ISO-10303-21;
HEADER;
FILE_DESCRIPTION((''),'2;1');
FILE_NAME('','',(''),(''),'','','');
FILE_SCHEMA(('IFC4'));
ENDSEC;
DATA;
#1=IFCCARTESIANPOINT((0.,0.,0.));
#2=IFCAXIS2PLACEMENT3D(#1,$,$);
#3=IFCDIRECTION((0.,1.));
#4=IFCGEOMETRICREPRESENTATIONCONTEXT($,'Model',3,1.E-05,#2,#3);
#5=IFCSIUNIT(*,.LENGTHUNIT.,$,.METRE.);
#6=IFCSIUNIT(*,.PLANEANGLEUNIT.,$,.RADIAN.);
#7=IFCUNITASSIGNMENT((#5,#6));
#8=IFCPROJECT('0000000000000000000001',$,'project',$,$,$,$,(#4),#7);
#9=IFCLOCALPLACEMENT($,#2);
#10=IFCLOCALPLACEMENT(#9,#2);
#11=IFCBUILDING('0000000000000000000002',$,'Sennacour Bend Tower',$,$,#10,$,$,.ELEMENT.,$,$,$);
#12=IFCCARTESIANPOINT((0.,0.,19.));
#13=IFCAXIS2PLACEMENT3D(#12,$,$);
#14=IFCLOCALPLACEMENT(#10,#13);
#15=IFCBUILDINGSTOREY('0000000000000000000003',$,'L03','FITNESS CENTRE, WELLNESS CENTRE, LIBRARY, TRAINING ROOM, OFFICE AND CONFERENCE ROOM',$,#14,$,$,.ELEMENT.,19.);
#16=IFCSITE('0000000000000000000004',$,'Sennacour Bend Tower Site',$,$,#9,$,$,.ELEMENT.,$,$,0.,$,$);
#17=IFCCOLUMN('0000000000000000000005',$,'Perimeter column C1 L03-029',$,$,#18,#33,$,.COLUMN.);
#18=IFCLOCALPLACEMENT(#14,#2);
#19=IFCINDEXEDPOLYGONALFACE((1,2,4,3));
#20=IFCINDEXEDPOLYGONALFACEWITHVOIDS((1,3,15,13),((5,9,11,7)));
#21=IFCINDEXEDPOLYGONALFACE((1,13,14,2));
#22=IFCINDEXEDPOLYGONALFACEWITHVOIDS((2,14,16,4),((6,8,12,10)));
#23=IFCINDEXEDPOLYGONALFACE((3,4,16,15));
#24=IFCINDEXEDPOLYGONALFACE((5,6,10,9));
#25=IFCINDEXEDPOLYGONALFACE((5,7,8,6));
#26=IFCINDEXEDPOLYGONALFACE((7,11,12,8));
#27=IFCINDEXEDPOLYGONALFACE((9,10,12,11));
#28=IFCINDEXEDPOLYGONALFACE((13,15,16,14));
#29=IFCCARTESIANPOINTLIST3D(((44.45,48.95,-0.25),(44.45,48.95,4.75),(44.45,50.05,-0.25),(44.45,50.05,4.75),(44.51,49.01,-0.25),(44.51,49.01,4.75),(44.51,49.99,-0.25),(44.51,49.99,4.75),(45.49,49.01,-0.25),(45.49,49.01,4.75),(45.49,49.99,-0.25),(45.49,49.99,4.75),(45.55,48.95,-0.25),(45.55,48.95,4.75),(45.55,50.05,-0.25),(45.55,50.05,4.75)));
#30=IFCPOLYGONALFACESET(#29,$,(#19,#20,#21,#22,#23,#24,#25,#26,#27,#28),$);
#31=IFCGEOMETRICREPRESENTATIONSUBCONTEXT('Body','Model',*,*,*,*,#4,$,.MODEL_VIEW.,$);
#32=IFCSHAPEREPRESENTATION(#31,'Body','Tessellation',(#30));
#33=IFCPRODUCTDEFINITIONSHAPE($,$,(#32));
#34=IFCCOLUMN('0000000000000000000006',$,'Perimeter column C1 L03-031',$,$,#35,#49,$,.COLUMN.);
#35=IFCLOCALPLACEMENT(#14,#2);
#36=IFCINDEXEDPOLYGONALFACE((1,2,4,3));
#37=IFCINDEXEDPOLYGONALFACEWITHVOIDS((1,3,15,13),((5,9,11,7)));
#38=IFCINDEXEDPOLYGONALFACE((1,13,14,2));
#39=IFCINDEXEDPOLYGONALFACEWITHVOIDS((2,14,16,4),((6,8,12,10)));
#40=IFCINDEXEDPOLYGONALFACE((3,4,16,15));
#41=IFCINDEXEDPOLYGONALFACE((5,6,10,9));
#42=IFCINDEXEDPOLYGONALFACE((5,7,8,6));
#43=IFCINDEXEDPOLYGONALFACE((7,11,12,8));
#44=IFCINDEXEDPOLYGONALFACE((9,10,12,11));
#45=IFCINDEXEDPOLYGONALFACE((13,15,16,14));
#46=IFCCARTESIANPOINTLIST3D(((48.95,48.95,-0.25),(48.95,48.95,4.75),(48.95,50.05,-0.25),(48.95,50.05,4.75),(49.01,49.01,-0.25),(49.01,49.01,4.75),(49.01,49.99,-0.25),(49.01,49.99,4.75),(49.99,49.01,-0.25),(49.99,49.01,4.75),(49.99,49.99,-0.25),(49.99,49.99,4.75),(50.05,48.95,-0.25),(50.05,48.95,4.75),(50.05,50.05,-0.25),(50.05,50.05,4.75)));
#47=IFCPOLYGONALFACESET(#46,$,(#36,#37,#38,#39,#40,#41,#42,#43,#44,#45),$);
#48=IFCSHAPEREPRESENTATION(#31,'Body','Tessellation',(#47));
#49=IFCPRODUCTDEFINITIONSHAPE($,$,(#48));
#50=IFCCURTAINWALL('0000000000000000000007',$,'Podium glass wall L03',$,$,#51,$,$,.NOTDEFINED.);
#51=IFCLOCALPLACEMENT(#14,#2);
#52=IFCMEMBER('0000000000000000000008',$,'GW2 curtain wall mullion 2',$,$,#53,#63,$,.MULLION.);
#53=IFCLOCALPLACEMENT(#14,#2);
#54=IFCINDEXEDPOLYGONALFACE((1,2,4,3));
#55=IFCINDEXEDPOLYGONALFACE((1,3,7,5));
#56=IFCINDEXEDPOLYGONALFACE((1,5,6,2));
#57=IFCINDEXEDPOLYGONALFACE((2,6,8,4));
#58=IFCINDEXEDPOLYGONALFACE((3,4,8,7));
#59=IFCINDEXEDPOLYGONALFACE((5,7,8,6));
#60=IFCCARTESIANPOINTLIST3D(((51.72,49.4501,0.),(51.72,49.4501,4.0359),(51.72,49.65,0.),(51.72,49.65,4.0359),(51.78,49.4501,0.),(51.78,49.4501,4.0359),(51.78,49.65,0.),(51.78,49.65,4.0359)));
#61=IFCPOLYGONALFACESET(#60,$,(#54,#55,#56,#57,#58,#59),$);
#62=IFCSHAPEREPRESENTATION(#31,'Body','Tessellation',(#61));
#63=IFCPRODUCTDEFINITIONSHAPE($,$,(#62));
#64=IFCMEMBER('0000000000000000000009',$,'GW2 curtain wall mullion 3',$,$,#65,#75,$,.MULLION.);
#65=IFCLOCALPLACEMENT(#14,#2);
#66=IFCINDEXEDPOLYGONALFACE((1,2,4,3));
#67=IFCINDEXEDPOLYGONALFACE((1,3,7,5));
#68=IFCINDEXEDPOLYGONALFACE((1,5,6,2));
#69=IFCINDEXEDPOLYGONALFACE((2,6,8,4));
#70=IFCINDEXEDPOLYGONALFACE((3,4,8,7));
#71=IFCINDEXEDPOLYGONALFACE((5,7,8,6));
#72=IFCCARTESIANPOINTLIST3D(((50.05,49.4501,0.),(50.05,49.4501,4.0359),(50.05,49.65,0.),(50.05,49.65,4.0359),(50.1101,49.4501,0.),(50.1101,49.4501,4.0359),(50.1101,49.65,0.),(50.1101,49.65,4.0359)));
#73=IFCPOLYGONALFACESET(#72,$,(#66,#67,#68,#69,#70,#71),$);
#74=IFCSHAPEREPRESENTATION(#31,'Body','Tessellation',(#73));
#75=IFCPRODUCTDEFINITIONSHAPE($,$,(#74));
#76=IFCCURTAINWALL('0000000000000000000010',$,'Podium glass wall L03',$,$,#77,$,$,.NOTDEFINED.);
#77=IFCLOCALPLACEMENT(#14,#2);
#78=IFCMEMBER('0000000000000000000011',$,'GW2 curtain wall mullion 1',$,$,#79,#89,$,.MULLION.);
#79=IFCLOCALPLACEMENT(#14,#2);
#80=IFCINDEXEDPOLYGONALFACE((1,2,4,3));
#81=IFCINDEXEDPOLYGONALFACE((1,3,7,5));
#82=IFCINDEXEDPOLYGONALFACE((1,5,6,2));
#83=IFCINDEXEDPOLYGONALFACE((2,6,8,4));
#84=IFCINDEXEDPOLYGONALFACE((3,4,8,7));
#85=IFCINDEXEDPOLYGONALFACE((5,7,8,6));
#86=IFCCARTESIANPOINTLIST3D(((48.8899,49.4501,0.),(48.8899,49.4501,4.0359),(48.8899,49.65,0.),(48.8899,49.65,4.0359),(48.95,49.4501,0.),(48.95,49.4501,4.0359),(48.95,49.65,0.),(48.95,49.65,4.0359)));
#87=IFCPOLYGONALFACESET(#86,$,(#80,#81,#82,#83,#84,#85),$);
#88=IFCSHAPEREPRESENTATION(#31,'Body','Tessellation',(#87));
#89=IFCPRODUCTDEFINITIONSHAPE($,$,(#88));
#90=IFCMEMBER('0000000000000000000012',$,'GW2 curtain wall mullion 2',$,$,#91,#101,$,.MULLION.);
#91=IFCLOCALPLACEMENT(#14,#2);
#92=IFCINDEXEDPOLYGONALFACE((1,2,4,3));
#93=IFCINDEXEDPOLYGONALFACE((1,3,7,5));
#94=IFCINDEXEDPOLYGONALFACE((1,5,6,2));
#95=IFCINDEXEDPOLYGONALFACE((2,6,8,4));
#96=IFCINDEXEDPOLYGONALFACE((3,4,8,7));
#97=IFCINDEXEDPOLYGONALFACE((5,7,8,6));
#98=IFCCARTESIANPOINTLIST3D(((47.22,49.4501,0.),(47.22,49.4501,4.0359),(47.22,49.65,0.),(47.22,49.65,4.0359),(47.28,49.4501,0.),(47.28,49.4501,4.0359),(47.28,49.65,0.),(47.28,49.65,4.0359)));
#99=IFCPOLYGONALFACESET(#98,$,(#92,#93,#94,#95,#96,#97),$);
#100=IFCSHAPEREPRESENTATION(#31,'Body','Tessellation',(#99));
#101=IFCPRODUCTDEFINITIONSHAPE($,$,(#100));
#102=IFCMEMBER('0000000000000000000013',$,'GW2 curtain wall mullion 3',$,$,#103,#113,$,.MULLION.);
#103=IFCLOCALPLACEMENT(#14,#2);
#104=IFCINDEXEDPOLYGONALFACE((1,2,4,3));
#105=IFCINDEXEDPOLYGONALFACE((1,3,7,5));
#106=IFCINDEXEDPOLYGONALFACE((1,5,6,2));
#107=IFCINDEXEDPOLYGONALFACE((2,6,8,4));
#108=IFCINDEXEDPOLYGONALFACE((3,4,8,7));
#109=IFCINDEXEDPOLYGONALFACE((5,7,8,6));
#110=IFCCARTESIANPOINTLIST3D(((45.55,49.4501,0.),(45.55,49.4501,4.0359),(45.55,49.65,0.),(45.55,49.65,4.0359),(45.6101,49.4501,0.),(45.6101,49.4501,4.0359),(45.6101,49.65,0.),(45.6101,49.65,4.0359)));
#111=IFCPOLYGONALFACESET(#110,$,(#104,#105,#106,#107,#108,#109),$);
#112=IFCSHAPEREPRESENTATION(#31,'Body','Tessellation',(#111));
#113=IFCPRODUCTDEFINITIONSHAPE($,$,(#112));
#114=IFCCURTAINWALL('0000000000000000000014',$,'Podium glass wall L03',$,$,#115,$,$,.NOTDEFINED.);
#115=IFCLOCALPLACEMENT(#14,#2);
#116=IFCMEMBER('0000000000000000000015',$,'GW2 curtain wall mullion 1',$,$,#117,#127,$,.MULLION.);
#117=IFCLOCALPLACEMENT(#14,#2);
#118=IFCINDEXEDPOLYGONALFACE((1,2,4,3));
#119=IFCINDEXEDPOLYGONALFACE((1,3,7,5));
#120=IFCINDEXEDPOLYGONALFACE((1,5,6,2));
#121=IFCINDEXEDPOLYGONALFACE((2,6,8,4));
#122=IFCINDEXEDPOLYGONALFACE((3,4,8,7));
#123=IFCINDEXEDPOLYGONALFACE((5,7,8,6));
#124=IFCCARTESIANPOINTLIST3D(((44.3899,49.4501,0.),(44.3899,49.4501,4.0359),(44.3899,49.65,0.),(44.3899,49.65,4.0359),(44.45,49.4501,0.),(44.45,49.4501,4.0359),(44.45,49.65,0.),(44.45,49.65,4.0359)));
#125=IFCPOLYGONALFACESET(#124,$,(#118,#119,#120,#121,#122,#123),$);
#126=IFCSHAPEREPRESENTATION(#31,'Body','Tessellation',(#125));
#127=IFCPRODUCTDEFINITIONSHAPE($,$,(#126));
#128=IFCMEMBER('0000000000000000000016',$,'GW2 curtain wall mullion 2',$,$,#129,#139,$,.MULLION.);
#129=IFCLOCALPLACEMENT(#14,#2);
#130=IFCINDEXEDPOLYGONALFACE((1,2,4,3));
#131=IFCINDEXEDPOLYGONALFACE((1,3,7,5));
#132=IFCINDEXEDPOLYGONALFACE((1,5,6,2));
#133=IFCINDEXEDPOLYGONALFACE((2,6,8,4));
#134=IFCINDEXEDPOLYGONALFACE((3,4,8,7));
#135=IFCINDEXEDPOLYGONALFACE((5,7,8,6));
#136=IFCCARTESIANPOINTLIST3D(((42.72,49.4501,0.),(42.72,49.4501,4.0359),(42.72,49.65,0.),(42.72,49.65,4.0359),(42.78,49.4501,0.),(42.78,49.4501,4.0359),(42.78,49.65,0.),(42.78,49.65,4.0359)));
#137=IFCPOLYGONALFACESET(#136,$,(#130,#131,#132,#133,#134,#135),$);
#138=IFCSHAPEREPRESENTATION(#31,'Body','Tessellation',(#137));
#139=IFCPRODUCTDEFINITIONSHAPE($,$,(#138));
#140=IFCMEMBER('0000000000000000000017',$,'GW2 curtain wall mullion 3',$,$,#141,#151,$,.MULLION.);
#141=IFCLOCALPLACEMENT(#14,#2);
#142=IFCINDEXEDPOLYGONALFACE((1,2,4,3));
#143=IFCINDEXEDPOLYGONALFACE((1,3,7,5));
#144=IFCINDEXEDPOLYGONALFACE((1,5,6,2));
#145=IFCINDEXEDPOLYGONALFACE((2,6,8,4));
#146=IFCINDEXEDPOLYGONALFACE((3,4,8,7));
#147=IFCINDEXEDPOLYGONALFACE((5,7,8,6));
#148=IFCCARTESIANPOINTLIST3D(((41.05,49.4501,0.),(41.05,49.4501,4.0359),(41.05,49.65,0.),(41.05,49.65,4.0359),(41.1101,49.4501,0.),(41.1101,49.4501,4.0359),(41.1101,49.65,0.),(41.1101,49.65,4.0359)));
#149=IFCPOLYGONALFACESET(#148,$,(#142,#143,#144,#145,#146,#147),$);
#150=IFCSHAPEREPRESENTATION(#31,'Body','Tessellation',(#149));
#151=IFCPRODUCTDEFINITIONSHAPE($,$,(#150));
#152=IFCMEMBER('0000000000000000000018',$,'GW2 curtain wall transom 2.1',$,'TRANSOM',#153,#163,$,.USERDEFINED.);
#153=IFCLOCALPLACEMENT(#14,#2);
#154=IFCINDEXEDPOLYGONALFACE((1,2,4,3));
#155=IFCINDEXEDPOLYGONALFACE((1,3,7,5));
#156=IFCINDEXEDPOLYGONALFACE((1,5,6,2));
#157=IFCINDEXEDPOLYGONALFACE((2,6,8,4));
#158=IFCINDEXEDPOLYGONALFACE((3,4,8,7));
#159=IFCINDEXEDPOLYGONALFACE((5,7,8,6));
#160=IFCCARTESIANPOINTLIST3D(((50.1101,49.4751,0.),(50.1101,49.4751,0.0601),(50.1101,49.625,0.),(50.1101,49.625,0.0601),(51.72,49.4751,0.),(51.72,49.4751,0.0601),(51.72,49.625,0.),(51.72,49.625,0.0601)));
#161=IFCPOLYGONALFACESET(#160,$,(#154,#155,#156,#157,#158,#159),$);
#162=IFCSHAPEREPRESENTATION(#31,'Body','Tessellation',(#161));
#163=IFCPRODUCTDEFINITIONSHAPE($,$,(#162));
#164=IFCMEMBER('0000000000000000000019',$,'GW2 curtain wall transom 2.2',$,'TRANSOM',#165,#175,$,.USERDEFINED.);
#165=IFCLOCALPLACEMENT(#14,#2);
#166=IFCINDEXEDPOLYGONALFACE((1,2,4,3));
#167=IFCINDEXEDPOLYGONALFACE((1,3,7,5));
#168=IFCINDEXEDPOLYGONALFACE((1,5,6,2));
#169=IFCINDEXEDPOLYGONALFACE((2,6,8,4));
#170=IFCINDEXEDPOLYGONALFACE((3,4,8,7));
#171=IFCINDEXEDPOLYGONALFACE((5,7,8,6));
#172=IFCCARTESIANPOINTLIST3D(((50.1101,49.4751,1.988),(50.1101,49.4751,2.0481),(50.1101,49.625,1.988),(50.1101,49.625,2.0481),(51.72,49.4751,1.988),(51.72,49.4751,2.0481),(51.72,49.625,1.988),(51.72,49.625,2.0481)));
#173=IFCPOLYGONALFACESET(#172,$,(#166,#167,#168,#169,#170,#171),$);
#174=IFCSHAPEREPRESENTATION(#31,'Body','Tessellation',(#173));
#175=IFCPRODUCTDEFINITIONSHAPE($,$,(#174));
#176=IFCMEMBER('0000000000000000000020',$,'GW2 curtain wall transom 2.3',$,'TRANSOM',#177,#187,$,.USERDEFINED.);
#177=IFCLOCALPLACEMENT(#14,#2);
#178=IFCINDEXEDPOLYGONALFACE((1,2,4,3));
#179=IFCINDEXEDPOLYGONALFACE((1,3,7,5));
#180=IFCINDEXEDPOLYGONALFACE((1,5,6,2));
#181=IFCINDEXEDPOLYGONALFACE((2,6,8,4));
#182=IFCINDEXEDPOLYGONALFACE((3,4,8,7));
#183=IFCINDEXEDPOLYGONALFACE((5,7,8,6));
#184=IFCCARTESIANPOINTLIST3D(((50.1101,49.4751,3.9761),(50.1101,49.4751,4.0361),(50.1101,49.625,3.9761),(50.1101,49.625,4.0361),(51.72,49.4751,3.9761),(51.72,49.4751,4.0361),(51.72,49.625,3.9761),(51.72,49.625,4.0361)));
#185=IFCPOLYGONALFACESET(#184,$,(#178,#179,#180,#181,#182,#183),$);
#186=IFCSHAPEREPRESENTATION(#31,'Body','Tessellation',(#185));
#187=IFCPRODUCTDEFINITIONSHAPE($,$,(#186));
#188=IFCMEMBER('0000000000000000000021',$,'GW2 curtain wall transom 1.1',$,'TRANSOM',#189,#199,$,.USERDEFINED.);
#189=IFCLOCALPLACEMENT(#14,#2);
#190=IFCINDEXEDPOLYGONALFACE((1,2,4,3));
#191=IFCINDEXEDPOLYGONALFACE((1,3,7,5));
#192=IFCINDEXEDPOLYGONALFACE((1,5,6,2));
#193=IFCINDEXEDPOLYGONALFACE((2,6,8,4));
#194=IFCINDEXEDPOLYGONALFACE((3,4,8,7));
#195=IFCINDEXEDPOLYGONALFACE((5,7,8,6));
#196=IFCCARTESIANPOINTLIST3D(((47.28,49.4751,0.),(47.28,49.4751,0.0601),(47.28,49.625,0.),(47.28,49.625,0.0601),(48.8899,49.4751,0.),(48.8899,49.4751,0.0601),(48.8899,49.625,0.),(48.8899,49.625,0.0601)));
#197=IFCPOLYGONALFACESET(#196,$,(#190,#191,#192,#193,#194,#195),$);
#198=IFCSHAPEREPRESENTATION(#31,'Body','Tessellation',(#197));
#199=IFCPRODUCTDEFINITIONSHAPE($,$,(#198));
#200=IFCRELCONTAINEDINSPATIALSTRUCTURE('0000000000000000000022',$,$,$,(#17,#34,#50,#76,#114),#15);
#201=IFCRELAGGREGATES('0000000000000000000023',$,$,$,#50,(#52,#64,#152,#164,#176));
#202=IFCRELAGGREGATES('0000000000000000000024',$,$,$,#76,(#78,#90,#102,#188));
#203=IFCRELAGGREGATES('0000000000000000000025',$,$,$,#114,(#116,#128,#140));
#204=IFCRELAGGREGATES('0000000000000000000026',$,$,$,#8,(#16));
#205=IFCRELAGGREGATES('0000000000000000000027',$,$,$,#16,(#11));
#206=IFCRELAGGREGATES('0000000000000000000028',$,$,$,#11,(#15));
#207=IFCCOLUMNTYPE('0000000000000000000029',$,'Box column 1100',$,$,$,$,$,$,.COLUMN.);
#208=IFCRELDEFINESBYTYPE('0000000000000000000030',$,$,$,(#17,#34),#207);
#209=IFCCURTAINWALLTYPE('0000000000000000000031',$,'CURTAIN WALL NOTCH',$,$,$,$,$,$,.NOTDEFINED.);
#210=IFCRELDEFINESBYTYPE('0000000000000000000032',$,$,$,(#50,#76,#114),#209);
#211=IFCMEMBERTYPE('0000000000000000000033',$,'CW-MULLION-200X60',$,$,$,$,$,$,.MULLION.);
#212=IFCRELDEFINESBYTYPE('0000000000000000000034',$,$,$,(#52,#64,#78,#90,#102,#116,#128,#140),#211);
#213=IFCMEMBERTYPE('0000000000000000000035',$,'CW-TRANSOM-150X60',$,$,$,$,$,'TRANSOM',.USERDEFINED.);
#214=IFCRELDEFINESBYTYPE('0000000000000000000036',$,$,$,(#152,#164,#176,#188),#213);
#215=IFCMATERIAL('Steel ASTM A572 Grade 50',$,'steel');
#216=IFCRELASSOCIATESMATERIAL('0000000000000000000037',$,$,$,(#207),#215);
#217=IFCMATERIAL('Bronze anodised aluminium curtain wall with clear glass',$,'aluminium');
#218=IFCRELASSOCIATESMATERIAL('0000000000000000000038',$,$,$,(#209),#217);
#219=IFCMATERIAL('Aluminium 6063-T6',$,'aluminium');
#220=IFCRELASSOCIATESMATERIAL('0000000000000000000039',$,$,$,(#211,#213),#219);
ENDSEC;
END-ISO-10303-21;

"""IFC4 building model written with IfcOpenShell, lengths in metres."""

from ifc_helpers import new_model, si_unit, direction, frame, origin, origin_2d, place, context, subcontext, project, spatial, rectangle, hollow_rectangle, extrude, material, material_profile, profile_set, type_object, element, aggregate, save


model = new_model("IFC4")

# Units and contexts
model_context = context("Model", 3, precision=1e-05, world=origin(), true_north=direction((0.0, 1.0)))
body_context = subcontext(model_context, "Body", "Model", "MODEL_VIEW")
ifc_project = project(units=[si_unit("LENGTHUNIT", "METRE"), si_unit("PLANEANGLEUNIT", "RADIAN")], contexts=[model_context])

# Site, building, storey
site_placement = place(None, origin())
site = spatial("IfcSite", under=ifc_project, at=site_placement, Name="Sennacour Bend Tower Site", CompositionType="ELEMENT", RefElevation=0.0)
building_placement = place(site_placement, origin())
building = spatial("IfcBuilding", under=site, at=building_placement, Name="Sennacour Bend Tower", CompositionType="ELEMENT")
storey_placement = place(building_placement, frame((0.0, 0.0, 19.0)))
storey = spatial("IfcBuildingStorey", under=building, at=storey_placement, Name="L03", Description="FITNESS CENTRE, WELLNESS CENTRE, LIBRARY, TRAINING ROOM, OFFICE AND CONFERENCE ROOM", CompositionType="ELEMENT", Elevation=19.0)

# Columns
ifc_material_1 = material(Name="Steel ASTM A572 Grade 50", Category="steel")
ifc_material_profile_1 = material_profile(ifc_material_1, hollow_rectangle(XDim=1.1001, YDim=1.1001, WallThickness=0.0601, at=origin_2d()), Name="Steel ASTM A572 Grade 50", Category="steel")
ifc_profile_set_1 = profile_set([ifc_material_profile_1], Name="Steel ASTM A572 Grade 50")
column_type = type_object("IfcColumnType", Name="Box column 1100", PredefinedType="COLUMN", material=ifc_profile_set_1)
for number, where, z_axis, x_axis, name in (
    (1, (45.0, 49.5, -0.25), (0.0, 0.0, 1.0), (1.0, 0.0, 0.0), "Perimeter column C1 L03-029"),
    (2, (49.5, 49.5, -0.25), (0.0, 0.0, 1.0), (1.0, 0.0, 0.0), "Perimeter column C1 L03-031"),
):
    element("IfcColumn", number, at=place(storey_placement, frame(where, z_axis=z_axis, x_axis=x_axis)), inside=storey, type_object=column_type, Name=name, PredefinedType="COLUMN", context=body_context, shape_type="SweptSolid", body=[
        extrude(hollow_rectangle(XDim=1.1001, YDim=1.1001, WallThickness=0.0601, at=origin_2d()), origin(), (0.0, 0.0, 1.0), 5.0),
    ])

# Curtain walls, members
ifc_material_2 = material(Name="Bronze anodised aluminium curtain wall with clear glass", Category="aluminium")
curtain_wall_type = type_object("IfcCurtainWallType", Name="CURTAIN WALL NOTCH", PredefinedType="NOTDEFINED", material=ifc_material_2)
curtain_wall_1_placement = place(storey_placement, origin())
curtain_wall_1 = element("IfcCurtainWall", 3, at=curtain_wall_1_placement, inside=storey, type_object=curtain_wall_type, Name="Podium glass wall L03", PredefinedType="NOTDEFINED")
ifc_material_3 = material(Name="Aluminium 6063-T6", Category="aluminium")
ifc_material_profile_2 = material_profile(ifc_material_3, rectangle(XDim=0.2, YDim=0.0601, at=origin_2d()), Name="Aluminium 6063-T6", Category="aluminium")
ifc_profile_set_2 = profile_set([ifc_material_profile_2], Name="Aluminium 6063-T6")
member_type_1 = type_object("IfcMemberType", Name="CW-MULLION-200X60", PredefinedType="MULLION", material=ifc_profile_set_2)
member_1_placement = place(storey_placement, frame((51.75, 49.55, 0.0), z_axis=(0.0, 0.0, 1.0), x_axis=(0.0, -1.0, 0.0)))
member_1 = element("IfcMember", 4, at=member_1_placement, type_object=member_type_1, Name="GW2 curtain wall mullion 2", PredefinedType="MULLION", context=body_context, shape_type="SweptSolid", body=[
    extrude(rectangle(XDim=0.2, YDim=0.0601, at=origin_2d()), origin(), (0.0, 0.0, 1.0), 4.0359),
])
member_2_placement = place(storey_placement, frame((50.0801, 49.55, 0.0), z_axis=(0.0, 0.0, 1.0), x_axis=(0.0, -1.0, 0.0)))
member_2 = element("IfcMember", 5, at=member_2_placement, type_object=member_type_1, Name="GW2 curtain wall mullion 3", PredefinedType="MULLION", context=body_context, shape_type="SweptSolid", body=[
    extrude(rectangle(XDim=0.2, YDim=0.0601, at=origin_2d()), origin(), (0.0, 0.0, 1.0), 4.0359),
])
curtain_wall_2_placement = place(storey_placement, origin())
curtain_wall_2 = element("IfcCurtainWall", 6, at=curtain_wall_2_placement, inside=storey, type_object=curtain_wall_type, Name="Podium glass wall L03", PredefinedType="NOTDEFINED")
member_3_placement = place(storey_placement, frame((48.9199, 49.55, 0.0), z_axis=(0.0, 0.0, 1.0), x_axis=(0.0, -1.0, 0.0)))
member_3 = element("IfcMember", 7, at=member_3_placement, type_object=member_type_1, Name="GW2 curtain wall mullion 1", PredefinedType="MULLION", context=body_context, shape_type="SweptSolid", body=[
    extrude(rectangle(XDim=0.2, YDim=0.0601, at=origin_2d()), origin(), (0.0, 0.0, 1.0), 4.0359),
])
member_4_placement = place(storey_placement, frame((47.25, 49.55, 0.0), z_axis=(0.0, 0.0, 1.0), x_axis=(0.0, -1.0, 0.0)))
member_4 = element("IfcMember", 8, at=member_4_placement, type_object=member_type_1, Name="GW2 curtain wall mullion 2", PredefinedType="MULLION", context=body_context, shape_type="SweptSolid", body=[
    extrude(rectangle(XDim=0.2, YDim=0.0601, at=origin_2d()), origin(), (0.0, 0.0, 1.0), 4.0359),
])
member_5_placement = place(storey_placement, frame((45.5801, 49.55, 0.0), z_axis=(0.0, 0.0, 1.0), x_axis=(0.0, -1.0, 0.0)))
member_5 = element("IfcMember", 9, at=member_5_placement, type_object=member_type_1, Name="GW2 curtain wall mullion 3", PredefinedType="MULLION", context=body_context, shape_type="SweptSolid", body=[
    extrude(rectangle(XDim=0.2, YDim=0.0601, at=origin_2d()), origin(), (0.0, 0.0, 1.0), 4.0359),
])
curtain_wall_3_placement = place(storey_placement, origin())
curtain_wall_3 = element("IfcCurtainWall", 10, at=curtain_wall_3_placement, inside=storey, type_object=curtain_wall_type, Name="Podium glass wall L03", PredefinedType="NOTDEFINED")
member_6_placement = place(storey_placement, frame((44.4199, 49.55, 0.0), z_axis=(0.0, 0.0, 1.0), x_axis=(0.0, -1.0, 0.0)))
member_6 = element("IfcMember", 11, at=member_6_placement, type_object=member_type_1, Name="GW2 curtain wall mullion 1", PredefinedType="MULLION", context=body_context, shape_type="SweptSolid", body=[
    extrude(rectangle(XDim=0.2, YDim=0.0601, at=origin_2d()), origin(), (0.0, 0.0, 1.0), 4.0359),
])
member_7_placement = place(storey_placement, frame((42.75, 49.55, 0.0), z_axis=(0.0, 0.0, 1.0), x_axis=(0.0, -1.0, 0.0)))
member_7 = element("IfcMember", 12, at=member_7_placement, type_object=member_type_1, Name="GW2 curtain wall mullion 2", PredefinedType="MULLION", context=body_context, shape_type="SweptSolid", body=[
    extrude(rectangle(XDim=0.2, YDim=0.0601, at=origin_2d()), origin(), (0.0, 0.0, 1.0), 4.0359),
])
member_8_placement = place(storey_placement, frame((41.0801, 49.55, 0.0), z_axis=(0.0, 0.0, 1.0), x_axis=(0.0, -1.0, 0.0)))
member_8 = element("IfcMember", 13, at=member_8_placement, type_object=member_type_1, Name="GW2 curtain wall mullion 3", PredefinedType="MULLION", context=body_context, shape_type="SweptSolid", body=[
    extrude(rectangle(XDim=0.2, YDim=0.0601, at=origin_2d()), origin(), (0.0, 0.0, 1.0), 4.0359),
])

# Members
ifc_material_profile_3 = material_profile(ifc_material_3, rectangle(XDim=0.1499, YDim=0.0601, at=origin_2d()), Name="Aluminium 6063-T6", Category="aluminium")
ifc_profile_set_3 = profile_set([ifc_material_profile_3], Name="Aluminium 6063-T6")
member_type_2 = type_object("IfcMemberType", Name="CW-TRANSOM-150X60", ElementType="TRANSOM", PredefinedType="USERDEFINED", material=ifc_profile_set_3)
member_9_placement = place(storey_placement, frame((51.72, 49.55, 0.03), z_axis=(-1.0, 0.0, 0.0), x_axis=(0.0, -1.0, 0.0)))
member_9 = element("IfcMember", 14, at=member_9_placement, type_object=member_type_2, Name="GW2 curtain wall transom 2.1", ObjectType="TRANSOM", PredefinedType="USERDEFINED", context=body_context, shape_type="SweptSolid", body=[
    extrude(rectangle(XDim=0.1499, YDim=0.0601, at=origin_2d()), origin(), (0.0, 0.0, 1.0), 1.6099),
])
member_10_placement = place(storey_placement, frame((51.72, 49.55, 2.0181), z_axis=(-1.0, 0.0, 0.0), x_axis=(0.0, -1.0, 0.0)))
member_10 = element("IfcMember", 15, at=member_10_placement, type_object=member_type_2, Name="GW2 curtain wall transom 2.2", ObjectType="TRANSOM", PredefinedType="USERDEFINED", context=body_context, shape_type="SweptSolid", body=[
    extrude(rectangle(XDim=0.1499, YDim=0.0601, at=origin_2d()), origin(), (0.0, 0.0, 1.0), 1.6099),
])
member_11_placement = place(storey_placement, frame((51.72, 49.55, 4.0061), z_axis=(-1.0, 0.0, 0.0), x_axis=(0.0, -1.0, 0.0)))
member_11 = element("IfcMember", 16, at=member_11_placement, type_object=member_type_2, Name="GW2 curtain wall transom 2.3", ObjectType="TRANSOM", PredefinedType="USERDEFINED", context=body_context, shape_type="SweptSolid", body=[
    extrude(rectangle(XDim=0.1499, YDim=0.0601, at=origin_2d()), origin(), (0.0, 0.0, 1.0), 1.6099),
])
member_12_placement = place(storey_placement, frame((48.8899, 49.55, 0.03), z_axis=(-1.0, 0.0, 0.0), x_axis=(0.0, -1.0, 0.0)))
member_12 = element("IfcMember", 17, at=member_12_placement, type_object=member_type_2, Name="GW2 curtain wall transom 1.1", ObjectType="TRANSOM", PredefinedType="USERDEFINED", context=body_context, shape_type="SweptSolid", body=[
    extrude(rectangle(XDim=0.1499, YDim=0.0601, at=origin_2d()), origin(), (0.0, 0.0, 1.0), 1.6099),
])

aggregate(curtain_wall_1, [member_1, member_2, member_9, member_10, member_11])
aggregate(curtain_wall_2, [member_3, member_4, member_5, member_12])
aggregate(curtain_wall_3, [member_6, member_7, member_8])

save(model, "model.ifc")
